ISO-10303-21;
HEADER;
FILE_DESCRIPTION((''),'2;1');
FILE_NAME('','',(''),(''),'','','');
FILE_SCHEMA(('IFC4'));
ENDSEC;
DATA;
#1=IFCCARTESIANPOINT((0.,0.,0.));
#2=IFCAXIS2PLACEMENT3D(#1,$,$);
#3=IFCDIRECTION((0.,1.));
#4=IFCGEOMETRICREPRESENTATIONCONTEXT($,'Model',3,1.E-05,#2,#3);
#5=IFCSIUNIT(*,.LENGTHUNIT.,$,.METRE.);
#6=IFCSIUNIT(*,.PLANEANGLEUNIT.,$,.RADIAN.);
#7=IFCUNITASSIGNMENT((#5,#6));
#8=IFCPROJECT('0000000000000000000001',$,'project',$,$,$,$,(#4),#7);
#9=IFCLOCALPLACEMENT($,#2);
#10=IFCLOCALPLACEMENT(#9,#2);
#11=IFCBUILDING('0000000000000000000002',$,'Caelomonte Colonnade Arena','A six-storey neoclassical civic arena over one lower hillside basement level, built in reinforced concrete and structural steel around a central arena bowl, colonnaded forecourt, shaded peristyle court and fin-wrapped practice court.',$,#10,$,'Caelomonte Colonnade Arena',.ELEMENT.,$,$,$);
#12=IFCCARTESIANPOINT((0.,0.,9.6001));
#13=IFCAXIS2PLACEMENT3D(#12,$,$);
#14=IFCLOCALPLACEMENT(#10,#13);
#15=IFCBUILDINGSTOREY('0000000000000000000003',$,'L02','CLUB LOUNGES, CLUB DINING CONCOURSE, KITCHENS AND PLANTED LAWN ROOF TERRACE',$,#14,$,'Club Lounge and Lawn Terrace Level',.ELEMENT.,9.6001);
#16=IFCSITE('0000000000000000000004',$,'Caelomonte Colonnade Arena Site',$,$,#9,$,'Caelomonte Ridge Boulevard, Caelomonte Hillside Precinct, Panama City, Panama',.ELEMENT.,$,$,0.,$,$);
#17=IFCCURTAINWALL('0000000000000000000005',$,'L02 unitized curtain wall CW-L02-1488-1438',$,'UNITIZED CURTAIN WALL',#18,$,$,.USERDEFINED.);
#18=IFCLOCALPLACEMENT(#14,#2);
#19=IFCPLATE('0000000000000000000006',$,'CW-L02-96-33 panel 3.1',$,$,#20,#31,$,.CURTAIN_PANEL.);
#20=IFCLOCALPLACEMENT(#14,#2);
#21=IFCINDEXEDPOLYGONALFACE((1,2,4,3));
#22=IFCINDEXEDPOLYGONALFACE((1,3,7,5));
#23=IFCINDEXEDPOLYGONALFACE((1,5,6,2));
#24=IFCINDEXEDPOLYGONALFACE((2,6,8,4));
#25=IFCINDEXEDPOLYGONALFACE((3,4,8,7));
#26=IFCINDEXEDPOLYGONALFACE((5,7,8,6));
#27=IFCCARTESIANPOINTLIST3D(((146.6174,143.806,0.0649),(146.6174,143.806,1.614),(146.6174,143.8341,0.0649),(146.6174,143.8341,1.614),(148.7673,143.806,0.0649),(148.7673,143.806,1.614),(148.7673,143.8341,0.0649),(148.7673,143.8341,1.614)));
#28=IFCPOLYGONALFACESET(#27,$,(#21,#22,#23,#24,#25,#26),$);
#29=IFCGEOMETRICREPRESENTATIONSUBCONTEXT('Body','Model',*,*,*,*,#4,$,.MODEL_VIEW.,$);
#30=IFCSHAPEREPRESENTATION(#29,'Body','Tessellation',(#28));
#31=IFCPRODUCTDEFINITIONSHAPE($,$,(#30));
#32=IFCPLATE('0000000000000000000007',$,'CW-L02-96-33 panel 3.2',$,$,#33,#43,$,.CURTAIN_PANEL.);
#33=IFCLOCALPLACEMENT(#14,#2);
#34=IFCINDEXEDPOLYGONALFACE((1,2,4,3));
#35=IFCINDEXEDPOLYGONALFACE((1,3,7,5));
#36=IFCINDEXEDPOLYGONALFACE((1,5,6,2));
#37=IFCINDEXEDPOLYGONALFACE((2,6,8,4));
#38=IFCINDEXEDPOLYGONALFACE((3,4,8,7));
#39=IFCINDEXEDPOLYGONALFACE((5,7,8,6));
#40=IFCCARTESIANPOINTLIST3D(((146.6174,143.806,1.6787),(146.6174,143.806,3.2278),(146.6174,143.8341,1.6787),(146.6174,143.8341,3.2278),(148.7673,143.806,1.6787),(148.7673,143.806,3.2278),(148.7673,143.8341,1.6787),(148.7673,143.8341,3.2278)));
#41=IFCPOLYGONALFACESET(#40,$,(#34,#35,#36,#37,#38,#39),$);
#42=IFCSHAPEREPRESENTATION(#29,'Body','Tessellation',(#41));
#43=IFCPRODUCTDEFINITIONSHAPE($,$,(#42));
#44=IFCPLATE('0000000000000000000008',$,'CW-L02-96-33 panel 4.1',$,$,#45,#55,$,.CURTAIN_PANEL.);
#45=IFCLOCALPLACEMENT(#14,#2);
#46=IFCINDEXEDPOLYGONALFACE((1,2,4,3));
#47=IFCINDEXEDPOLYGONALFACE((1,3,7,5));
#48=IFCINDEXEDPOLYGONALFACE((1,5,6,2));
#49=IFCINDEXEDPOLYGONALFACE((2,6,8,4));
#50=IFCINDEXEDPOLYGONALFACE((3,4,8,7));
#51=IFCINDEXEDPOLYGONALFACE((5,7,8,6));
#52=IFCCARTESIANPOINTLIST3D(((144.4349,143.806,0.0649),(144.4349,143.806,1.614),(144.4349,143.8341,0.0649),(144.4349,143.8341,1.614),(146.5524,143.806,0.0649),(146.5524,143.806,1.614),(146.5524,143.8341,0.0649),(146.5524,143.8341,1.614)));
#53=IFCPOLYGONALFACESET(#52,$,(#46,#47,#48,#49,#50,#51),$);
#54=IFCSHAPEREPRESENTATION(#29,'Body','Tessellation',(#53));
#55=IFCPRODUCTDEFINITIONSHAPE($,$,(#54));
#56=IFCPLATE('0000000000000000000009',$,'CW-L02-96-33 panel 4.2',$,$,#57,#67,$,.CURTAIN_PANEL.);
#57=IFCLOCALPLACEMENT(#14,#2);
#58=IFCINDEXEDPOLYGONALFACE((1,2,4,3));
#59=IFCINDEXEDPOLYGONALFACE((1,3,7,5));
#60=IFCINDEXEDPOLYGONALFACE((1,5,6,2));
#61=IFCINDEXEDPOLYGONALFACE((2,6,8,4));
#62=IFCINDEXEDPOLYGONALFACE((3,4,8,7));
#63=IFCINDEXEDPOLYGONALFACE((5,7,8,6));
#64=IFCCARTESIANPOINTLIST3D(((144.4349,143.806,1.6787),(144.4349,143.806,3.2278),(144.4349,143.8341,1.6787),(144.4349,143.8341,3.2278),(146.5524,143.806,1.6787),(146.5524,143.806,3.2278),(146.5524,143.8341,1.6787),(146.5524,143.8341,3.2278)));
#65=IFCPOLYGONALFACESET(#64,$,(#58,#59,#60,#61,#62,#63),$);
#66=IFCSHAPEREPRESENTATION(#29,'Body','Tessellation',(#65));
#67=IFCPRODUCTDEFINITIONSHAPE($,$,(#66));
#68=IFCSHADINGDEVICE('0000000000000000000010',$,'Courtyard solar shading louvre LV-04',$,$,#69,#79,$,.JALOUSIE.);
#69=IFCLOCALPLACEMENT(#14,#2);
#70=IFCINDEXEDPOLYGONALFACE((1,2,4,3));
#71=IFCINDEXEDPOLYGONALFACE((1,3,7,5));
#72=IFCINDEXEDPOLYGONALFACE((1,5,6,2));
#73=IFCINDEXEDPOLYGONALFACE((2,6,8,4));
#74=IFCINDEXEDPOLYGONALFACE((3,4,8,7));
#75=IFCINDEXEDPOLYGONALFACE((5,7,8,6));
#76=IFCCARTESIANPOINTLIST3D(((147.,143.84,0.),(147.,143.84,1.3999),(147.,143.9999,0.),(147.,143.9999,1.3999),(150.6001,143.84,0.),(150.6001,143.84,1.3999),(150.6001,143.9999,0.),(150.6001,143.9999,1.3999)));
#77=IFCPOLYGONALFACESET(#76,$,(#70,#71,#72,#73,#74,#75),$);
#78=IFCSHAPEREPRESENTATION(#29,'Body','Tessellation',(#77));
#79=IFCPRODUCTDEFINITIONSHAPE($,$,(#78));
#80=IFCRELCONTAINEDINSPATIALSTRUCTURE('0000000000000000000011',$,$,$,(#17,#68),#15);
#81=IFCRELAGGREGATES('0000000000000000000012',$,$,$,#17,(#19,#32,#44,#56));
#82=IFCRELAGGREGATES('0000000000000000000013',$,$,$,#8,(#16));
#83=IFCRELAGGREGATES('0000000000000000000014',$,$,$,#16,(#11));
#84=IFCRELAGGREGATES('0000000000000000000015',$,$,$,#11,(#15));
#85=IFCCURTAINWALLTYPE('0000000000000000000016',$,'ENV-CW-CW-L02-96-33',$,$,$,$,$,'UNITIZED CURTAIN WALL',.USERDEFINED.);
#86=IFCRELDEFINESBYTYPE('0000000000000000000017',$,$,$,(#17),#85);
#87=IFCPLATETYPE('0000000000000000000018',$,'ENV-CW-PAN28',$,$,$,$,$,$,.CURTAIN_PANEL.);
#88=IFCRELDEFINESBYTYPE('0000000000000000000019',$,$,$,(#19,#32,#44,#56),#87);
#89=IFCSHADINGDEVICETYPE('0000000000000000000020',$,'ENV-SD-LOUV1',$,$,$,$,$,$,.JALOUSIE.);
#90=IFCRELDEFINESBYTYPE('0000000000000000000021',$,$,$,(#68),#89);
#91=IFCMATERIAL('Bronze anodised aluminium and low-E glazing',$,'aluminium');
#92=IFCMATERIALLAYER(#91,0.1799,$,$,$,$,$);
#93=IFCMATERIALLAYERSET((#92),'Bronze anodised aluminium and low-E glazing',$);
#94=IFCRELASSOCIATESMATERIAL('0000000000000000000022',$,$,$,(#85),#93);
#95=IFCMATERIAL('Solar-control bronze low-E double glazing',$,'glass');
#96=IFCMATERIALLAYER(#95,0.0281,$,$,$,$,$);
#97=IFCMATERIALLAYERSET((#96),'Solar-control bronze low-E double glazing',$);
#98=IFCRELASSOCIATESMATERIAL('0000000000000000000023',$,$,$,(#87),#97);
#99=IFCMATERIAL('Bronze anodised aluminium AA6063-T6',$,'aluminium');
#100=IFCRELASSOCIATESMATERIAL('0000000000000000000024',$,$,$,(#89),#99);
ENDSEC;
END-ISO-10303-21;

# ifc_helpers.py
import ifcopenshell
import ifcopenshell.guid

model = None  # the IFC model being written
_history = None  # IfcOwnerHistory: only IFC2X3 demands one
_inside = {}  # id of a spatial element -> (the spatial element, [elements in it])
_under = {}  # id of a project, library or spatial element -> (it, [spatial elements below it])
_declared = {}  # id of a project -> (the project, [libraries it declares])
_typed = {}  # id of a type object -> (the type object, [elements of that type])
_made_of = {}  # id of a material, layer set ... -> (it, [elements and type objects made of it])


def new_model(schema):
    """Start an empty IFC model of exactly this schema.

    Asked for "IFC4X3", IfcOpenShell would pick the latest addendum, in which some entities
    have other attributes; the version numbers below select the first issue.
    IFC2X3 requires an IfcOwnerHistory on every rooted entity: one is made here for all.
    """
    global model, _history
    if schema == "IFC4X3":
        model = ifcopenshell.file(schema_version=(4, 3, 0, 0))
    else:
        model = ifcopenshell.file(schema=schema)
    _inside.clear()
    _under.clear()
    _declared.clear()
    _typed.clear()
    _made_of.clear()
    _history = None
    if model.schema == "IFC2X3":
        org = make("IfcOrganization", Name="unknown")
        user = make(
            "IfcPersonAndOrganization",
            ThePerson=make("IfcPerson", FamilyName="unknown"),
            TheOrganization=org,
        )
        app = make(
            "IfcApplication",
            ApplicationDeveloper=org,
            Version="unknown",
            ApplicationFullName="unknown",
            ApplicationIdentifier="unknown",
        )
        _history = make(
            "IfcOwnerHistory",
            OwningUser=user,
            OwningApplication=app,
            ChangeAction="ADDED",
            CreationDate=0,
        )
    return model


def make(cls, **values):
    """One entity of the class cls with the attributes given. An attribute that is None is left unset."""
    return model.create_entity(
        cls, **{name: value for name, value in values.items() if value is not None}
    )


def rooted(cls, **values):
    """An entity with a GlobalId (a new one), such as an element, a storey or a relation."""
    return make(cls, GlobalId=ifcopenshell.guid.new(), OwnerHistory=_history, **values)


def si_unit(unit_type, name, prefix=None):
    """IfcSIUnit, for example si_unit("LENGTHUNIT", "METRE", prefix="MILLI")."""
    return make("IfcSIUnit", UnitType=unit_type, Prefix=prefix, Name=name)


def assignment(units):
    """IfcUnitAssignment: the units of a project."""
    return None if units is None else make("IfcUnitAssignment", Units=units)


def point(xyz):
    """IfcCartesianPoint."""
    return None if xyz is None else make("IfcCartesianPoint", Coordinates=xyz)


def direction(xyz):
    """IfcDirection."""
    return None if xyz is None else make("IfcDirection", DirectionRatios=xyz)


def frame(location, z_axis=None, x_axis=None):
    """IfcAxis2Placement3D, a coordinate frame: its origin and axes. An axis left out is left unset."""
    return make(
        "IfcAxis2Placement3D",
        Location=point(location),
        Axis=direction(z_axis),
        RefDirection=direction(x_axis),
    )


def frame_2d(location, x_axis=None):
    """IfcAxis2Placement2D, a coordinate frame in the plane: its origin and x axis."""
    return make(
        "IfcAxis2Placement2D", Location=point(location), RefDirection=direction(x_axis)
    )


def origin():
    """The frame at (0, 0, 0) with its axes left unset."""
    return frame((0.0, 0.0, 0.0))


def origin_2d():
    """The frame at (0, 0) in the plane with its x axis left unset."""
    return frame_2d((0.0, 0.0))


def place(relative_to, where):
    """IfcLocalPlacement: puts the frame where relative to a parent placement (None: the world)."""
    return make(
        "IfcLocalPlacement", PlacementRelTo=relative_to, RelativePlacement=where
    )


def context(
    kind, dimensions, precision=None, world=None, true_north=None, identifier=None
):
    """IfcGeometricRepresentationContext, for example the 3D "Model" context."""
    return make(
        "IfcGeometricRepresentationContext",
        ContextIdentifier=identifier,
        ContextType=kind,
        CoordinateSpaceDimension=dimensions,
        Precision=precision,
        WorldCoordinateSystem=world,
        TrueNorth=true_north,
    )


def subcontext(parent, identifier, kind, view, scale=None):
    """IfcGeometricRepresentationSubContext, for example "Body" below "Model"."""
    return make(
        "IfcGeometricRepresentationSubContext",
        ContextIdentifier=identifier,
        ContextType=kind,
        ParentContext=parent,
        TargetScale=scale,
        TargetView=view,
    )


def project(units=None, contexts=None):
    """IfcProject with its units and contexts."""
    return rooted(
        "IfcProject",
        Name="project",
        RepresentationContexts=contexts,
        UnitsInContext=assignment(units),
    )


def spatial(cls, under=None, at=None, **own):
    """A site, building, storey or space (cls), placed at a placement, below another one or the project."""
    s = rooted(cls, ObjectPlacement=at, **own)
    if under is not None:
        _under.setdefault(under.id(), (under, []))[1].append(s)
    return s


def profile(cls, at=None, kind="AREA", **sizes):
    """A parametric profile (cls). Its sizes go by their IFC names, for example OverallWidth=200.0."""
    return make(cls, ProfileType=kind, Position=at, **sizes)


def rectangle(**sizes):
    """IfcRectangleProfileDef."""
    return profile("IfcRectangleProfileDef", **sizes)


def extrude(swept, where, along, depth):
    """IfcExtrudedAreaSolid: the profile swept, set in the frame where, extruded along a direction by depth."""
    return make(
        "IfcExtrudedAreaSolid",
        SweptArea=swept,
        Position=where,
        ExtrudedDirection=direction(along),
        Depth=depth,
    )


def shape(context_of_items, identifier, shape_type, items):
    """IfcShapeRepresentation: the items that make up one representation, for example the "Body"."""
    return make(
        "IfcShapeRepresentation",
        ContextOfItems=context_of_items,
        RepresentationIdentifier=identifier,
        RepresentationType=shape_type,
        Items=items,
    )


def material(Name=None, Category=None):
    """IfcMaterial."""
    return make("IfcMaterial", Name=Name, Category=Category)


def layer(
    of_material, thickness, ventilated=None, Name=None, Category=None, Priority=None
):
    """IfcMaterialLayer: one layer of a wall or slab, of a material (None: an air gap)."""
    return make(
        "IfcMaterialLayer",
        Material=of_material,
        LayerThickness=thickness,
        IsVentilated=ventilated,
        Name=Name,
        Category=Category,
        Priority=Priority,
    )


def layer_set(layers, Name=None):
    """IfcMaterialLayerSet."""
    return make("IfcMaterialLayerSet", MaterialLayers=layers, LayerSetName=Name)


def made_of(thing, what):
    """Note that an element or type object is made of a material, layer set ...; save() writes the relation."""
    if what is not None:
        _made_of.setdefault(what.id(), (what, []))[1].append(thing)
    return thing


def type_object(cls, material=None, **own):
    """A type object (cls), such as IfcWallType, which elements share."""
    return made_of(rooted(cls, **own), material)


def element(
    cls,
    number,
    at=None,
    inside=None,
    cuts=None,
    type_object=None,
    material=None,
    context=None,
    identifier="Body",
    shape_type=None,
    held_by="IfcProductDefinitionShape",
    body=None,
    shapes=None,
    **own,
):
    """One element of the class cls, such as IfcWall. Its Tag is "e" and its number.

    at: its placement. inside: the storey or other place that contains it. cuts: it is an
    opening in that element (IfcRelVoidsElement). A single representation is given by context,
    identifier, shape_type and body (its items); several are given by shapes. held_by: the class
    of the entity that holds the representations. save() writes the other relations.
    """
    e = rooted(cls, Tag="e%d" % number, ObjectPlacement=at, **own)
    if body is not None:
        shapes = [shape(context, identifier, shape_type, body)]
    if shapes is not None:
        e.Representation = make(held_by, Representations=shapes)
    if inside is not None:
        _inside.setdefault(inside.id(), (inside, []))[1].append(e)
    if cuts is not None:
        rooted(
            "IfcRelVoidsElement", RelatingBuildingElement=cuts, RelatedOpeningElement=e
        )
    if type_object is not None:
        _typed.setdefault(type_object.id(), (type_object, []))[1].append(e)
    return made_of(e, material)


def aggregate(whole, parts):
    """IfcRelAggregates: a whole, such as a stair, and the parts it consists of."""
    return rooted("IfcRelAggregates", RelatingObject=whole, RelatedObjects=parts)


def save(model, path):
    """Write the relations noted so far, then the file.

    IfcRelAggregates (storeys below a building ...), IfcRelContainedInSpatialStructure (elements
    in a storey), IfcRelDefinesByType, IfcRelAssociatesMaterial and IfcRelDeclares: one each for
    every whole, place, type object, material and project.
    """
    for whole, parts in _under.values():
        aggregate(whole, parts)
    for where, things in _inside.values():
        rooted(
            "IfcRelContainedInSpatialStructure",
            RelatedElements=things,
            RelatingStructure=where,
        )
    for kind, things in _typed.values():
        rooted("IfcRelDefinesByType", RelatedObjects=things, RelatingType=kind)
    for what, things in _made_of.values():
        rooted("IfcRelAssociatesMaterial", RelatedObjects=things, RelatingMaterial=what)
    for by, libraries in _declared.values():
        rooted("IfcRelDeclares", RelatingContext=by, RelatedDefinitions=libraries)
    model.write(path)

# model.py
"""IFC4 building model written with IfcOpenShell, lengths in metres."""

from ifc_helpers import new_model, si_unit, direction, frame, origin, origin_2d, place, context, subcontext, project, spatial, rectangle, extrude, material, layer, layer_set, type_object, element, aggregate, save


model = new_model("IFC4")

# Units and contexts
model_context = context("Model", 3, precision=1e-05, world=origin(), true_north=direction((0.0, 1.0)))
body_context = subcontext(model_context, "Body", "Model", "MODEL_VIEW")
ifc_project = project(units=[si_unit("LENGTHUNIT", "METRE"), si_unit("PLANEANGLEUNIT", "RADIAN")], contexts=[model_context])

# Site, building, storey
site_placement = place(None, origin())
site = spatial("IfcSite", under=ifc_project, at=site_placement, Name="Caelomonte Colonnade Arena Site", LongName="Caelomonte Ridge Boulevard, Caelomonte Hillside Precinct, Panama City, Panama", CompositionType="ELEMENT", RefElevation=0.0)
building_placement = place(site_placement, origin())
building = spatial("IfcBuilding", under=site, at=building_placement, Name="Caelomonte Colonnade Arena", Description="A six-storey neoclassical civic arena over one lower hillside basement level, built in reinforced concrete and structural steel around a central arena bowl, colonnaded forecourt, shaded peristyle court and fin-wrapped practice court.", LongName="Caelomonte Colonnade Arena", CompositionType="ELEMENT")
storey_placement = place(building_placement, frame((0.0, 0.0, 9.6001)))
storey = spatial("IfcBuildingStorey", under=building, at=storey_placement, Name="L02", Description="CLUB LOUNGES, CLUB DINING CONCOURSE, KITCHENS AND PLANTED LAWN ROOF TERRACE", LongName="Club Lounge and Lawn Terrace Level", CompositionType="ELEMENT", Elevation=9.6001)

# Curtain wall
ifc_material_1 = material(Name="Bronze anodised aluminium and low-E glazing", Category="aluminium")
ifc_layer_1 = layer(ifc_material_1, 0.1799)
ifc_layer_set_1 = layer_set([ifc_layer_1], Name="Bronze anodised aluminium and low-E glazing")
curtain_wall_type = type_object("IfcCurtainWallType", Name="ENV-CW-CW-L02-96-33", ElementType="UNITIZED CURTAIN WALL", PredefinedType="USERDEFINED", material=ifc_layer_set_1)
curtain_wall_placement = place(storey_placement, origin())
curtain_wall = element("IfcCurtainWall", 1, at=curtain_wall_placement, inside=storey, type_object=curtain_wall_type, Name="L02 unitized curtain wall CW-L02-1488-1438", ObjectType="UNITIZED CURTAIN WALL", PredefinedType="USERDEFINED")
ifc_material_2 = material(Name="Bronze anodised aluminium AA6063-T6", Category="aluminium")

# Plates
ifc_material_3 = material(Name="Solar-control bronze low-E double glazing", Category="glass")
ifc_layer_2 = layer(ifc_material_3, 0.0281)
ifc_layer_set_2 = layer_set([ifc_layer_2], Name="Solar-control bronze low-E double glazing")
plate_type = type_object("IfcPlateType", Name="ENV-CW-PAN28", PredefinedType="CURTAIN_PANEL", material=ifc_layer_set_2)
plate_1_placement = place(storey_placement, frame((147.6924, 143.8201, 0.0649), z_axis=(0.0, 0.0, 1.0), x_axis=(-1.0, 0.0, 0.0)))
plate_1 = element("IfcPlate", 2, at=plate_1_placement, type_object=plate_type, Name="CW-L02-96-33 panel 3.1", PredefinedType="CURTAIN_PANEL", context=body_context, shape_type="SweptSolid", body=[
    extrude(rectangle(XDim=2.1499, YDim=0.0281, at=origin_2d()), origin(), (0.0, 0.0, 1.0), 1.5491),
])
plate_2_placement = place(storey_placement, frame((147.6924, 143.8201, 1.6787), z_axis=(0.0, 0.0, 1.0), x_axis=(-1.0, 0.0, 0.0)))
plate_2 = element("IfcPlate", 3, at=plate_2_placement, type_object=plate_type, Name="CW-L02-96-33 panel 3.2", PredefinedType="CURTAIN_PANEL", context=body_context, shape_type="SweptSolid", body=[
    extrude(rectangle(XDim=2.1499, YDim=0.0281, at=origin_2d()), origin(), (0.0, 0.0, 1.0), 1.5491),
])
plate_3_placement = place(storey_placement, frame((145.4937, 143.8201, 0.0649), z_axis=(0.0, 0.0, 1.0), x_axis=(-1.0, 0.0, 0.0)))
plate_3 = element("IfcPlate", 4, at=plate_3_placement, type_object=plate_type, Name="CW-L02-96-33 panel 4.1", PredefinedType="CURTAIN_PANEL", context=body_context, shape_type="SweptSolid", body=[
    extrude(rectangle(XDim=2.1174, YDim=0.0281, at=origin_2d()), origin(), (0.0, 0.0, 1.0), 1.5491),
])
plate_4_placement = place(storey_placement, frame((145.4937, 143.8201, 1.6787), z_axis=(0.0, 0.0, 1.0), x_axis=(-1.0, 0.0, 0.0)))
plate_4 = element("IfcPlate", 5, at=plate_4_placement, type_object=plate_type, Name="CW-L02-96-33 panel 4.2", PredefinedType="CURTAIN_PANEL", context=body_context, shape_type="SweptSolid", body=[
    extrude(rectangle(XDim=2.1174, YDim=0.0281, at=origin_2d()), origin(), (0.0, 0.0, 1.0), 1.5491),
])
aggregate(curtain_wall, [plate_1, plate_2, plate_3, plate_4])

# Shading device
shading_device_type = type_object("IfcShadingDeviceType", Name="ENV-SD-LOUV1", PredefinedType="JALOUSIE", material=ifc_material_2)
shading_device_placement = place(storey_placement, frame((148.8, 143.9199, 0.0), z_axis=(0.0, 0.0, 1.0), x_axis=(1.0, 0.0, 0.0)))
element("IfcShadingDevice", 6, at=shading_device_placement, inside=storey, type_object=shading_device_type, Name="Courtyard solar shading louvre LV-04", PredefinedType="JALOUSIE", context=body_context, shape_type="SweptSolid", body=[
    extrude(rectangle(XDim=3.6001, YDim=0.1599, at=origin_2d()), origin(), (0.0, 0.0, 1.0), 1.3999),
])

save(model, "model.ifc")
